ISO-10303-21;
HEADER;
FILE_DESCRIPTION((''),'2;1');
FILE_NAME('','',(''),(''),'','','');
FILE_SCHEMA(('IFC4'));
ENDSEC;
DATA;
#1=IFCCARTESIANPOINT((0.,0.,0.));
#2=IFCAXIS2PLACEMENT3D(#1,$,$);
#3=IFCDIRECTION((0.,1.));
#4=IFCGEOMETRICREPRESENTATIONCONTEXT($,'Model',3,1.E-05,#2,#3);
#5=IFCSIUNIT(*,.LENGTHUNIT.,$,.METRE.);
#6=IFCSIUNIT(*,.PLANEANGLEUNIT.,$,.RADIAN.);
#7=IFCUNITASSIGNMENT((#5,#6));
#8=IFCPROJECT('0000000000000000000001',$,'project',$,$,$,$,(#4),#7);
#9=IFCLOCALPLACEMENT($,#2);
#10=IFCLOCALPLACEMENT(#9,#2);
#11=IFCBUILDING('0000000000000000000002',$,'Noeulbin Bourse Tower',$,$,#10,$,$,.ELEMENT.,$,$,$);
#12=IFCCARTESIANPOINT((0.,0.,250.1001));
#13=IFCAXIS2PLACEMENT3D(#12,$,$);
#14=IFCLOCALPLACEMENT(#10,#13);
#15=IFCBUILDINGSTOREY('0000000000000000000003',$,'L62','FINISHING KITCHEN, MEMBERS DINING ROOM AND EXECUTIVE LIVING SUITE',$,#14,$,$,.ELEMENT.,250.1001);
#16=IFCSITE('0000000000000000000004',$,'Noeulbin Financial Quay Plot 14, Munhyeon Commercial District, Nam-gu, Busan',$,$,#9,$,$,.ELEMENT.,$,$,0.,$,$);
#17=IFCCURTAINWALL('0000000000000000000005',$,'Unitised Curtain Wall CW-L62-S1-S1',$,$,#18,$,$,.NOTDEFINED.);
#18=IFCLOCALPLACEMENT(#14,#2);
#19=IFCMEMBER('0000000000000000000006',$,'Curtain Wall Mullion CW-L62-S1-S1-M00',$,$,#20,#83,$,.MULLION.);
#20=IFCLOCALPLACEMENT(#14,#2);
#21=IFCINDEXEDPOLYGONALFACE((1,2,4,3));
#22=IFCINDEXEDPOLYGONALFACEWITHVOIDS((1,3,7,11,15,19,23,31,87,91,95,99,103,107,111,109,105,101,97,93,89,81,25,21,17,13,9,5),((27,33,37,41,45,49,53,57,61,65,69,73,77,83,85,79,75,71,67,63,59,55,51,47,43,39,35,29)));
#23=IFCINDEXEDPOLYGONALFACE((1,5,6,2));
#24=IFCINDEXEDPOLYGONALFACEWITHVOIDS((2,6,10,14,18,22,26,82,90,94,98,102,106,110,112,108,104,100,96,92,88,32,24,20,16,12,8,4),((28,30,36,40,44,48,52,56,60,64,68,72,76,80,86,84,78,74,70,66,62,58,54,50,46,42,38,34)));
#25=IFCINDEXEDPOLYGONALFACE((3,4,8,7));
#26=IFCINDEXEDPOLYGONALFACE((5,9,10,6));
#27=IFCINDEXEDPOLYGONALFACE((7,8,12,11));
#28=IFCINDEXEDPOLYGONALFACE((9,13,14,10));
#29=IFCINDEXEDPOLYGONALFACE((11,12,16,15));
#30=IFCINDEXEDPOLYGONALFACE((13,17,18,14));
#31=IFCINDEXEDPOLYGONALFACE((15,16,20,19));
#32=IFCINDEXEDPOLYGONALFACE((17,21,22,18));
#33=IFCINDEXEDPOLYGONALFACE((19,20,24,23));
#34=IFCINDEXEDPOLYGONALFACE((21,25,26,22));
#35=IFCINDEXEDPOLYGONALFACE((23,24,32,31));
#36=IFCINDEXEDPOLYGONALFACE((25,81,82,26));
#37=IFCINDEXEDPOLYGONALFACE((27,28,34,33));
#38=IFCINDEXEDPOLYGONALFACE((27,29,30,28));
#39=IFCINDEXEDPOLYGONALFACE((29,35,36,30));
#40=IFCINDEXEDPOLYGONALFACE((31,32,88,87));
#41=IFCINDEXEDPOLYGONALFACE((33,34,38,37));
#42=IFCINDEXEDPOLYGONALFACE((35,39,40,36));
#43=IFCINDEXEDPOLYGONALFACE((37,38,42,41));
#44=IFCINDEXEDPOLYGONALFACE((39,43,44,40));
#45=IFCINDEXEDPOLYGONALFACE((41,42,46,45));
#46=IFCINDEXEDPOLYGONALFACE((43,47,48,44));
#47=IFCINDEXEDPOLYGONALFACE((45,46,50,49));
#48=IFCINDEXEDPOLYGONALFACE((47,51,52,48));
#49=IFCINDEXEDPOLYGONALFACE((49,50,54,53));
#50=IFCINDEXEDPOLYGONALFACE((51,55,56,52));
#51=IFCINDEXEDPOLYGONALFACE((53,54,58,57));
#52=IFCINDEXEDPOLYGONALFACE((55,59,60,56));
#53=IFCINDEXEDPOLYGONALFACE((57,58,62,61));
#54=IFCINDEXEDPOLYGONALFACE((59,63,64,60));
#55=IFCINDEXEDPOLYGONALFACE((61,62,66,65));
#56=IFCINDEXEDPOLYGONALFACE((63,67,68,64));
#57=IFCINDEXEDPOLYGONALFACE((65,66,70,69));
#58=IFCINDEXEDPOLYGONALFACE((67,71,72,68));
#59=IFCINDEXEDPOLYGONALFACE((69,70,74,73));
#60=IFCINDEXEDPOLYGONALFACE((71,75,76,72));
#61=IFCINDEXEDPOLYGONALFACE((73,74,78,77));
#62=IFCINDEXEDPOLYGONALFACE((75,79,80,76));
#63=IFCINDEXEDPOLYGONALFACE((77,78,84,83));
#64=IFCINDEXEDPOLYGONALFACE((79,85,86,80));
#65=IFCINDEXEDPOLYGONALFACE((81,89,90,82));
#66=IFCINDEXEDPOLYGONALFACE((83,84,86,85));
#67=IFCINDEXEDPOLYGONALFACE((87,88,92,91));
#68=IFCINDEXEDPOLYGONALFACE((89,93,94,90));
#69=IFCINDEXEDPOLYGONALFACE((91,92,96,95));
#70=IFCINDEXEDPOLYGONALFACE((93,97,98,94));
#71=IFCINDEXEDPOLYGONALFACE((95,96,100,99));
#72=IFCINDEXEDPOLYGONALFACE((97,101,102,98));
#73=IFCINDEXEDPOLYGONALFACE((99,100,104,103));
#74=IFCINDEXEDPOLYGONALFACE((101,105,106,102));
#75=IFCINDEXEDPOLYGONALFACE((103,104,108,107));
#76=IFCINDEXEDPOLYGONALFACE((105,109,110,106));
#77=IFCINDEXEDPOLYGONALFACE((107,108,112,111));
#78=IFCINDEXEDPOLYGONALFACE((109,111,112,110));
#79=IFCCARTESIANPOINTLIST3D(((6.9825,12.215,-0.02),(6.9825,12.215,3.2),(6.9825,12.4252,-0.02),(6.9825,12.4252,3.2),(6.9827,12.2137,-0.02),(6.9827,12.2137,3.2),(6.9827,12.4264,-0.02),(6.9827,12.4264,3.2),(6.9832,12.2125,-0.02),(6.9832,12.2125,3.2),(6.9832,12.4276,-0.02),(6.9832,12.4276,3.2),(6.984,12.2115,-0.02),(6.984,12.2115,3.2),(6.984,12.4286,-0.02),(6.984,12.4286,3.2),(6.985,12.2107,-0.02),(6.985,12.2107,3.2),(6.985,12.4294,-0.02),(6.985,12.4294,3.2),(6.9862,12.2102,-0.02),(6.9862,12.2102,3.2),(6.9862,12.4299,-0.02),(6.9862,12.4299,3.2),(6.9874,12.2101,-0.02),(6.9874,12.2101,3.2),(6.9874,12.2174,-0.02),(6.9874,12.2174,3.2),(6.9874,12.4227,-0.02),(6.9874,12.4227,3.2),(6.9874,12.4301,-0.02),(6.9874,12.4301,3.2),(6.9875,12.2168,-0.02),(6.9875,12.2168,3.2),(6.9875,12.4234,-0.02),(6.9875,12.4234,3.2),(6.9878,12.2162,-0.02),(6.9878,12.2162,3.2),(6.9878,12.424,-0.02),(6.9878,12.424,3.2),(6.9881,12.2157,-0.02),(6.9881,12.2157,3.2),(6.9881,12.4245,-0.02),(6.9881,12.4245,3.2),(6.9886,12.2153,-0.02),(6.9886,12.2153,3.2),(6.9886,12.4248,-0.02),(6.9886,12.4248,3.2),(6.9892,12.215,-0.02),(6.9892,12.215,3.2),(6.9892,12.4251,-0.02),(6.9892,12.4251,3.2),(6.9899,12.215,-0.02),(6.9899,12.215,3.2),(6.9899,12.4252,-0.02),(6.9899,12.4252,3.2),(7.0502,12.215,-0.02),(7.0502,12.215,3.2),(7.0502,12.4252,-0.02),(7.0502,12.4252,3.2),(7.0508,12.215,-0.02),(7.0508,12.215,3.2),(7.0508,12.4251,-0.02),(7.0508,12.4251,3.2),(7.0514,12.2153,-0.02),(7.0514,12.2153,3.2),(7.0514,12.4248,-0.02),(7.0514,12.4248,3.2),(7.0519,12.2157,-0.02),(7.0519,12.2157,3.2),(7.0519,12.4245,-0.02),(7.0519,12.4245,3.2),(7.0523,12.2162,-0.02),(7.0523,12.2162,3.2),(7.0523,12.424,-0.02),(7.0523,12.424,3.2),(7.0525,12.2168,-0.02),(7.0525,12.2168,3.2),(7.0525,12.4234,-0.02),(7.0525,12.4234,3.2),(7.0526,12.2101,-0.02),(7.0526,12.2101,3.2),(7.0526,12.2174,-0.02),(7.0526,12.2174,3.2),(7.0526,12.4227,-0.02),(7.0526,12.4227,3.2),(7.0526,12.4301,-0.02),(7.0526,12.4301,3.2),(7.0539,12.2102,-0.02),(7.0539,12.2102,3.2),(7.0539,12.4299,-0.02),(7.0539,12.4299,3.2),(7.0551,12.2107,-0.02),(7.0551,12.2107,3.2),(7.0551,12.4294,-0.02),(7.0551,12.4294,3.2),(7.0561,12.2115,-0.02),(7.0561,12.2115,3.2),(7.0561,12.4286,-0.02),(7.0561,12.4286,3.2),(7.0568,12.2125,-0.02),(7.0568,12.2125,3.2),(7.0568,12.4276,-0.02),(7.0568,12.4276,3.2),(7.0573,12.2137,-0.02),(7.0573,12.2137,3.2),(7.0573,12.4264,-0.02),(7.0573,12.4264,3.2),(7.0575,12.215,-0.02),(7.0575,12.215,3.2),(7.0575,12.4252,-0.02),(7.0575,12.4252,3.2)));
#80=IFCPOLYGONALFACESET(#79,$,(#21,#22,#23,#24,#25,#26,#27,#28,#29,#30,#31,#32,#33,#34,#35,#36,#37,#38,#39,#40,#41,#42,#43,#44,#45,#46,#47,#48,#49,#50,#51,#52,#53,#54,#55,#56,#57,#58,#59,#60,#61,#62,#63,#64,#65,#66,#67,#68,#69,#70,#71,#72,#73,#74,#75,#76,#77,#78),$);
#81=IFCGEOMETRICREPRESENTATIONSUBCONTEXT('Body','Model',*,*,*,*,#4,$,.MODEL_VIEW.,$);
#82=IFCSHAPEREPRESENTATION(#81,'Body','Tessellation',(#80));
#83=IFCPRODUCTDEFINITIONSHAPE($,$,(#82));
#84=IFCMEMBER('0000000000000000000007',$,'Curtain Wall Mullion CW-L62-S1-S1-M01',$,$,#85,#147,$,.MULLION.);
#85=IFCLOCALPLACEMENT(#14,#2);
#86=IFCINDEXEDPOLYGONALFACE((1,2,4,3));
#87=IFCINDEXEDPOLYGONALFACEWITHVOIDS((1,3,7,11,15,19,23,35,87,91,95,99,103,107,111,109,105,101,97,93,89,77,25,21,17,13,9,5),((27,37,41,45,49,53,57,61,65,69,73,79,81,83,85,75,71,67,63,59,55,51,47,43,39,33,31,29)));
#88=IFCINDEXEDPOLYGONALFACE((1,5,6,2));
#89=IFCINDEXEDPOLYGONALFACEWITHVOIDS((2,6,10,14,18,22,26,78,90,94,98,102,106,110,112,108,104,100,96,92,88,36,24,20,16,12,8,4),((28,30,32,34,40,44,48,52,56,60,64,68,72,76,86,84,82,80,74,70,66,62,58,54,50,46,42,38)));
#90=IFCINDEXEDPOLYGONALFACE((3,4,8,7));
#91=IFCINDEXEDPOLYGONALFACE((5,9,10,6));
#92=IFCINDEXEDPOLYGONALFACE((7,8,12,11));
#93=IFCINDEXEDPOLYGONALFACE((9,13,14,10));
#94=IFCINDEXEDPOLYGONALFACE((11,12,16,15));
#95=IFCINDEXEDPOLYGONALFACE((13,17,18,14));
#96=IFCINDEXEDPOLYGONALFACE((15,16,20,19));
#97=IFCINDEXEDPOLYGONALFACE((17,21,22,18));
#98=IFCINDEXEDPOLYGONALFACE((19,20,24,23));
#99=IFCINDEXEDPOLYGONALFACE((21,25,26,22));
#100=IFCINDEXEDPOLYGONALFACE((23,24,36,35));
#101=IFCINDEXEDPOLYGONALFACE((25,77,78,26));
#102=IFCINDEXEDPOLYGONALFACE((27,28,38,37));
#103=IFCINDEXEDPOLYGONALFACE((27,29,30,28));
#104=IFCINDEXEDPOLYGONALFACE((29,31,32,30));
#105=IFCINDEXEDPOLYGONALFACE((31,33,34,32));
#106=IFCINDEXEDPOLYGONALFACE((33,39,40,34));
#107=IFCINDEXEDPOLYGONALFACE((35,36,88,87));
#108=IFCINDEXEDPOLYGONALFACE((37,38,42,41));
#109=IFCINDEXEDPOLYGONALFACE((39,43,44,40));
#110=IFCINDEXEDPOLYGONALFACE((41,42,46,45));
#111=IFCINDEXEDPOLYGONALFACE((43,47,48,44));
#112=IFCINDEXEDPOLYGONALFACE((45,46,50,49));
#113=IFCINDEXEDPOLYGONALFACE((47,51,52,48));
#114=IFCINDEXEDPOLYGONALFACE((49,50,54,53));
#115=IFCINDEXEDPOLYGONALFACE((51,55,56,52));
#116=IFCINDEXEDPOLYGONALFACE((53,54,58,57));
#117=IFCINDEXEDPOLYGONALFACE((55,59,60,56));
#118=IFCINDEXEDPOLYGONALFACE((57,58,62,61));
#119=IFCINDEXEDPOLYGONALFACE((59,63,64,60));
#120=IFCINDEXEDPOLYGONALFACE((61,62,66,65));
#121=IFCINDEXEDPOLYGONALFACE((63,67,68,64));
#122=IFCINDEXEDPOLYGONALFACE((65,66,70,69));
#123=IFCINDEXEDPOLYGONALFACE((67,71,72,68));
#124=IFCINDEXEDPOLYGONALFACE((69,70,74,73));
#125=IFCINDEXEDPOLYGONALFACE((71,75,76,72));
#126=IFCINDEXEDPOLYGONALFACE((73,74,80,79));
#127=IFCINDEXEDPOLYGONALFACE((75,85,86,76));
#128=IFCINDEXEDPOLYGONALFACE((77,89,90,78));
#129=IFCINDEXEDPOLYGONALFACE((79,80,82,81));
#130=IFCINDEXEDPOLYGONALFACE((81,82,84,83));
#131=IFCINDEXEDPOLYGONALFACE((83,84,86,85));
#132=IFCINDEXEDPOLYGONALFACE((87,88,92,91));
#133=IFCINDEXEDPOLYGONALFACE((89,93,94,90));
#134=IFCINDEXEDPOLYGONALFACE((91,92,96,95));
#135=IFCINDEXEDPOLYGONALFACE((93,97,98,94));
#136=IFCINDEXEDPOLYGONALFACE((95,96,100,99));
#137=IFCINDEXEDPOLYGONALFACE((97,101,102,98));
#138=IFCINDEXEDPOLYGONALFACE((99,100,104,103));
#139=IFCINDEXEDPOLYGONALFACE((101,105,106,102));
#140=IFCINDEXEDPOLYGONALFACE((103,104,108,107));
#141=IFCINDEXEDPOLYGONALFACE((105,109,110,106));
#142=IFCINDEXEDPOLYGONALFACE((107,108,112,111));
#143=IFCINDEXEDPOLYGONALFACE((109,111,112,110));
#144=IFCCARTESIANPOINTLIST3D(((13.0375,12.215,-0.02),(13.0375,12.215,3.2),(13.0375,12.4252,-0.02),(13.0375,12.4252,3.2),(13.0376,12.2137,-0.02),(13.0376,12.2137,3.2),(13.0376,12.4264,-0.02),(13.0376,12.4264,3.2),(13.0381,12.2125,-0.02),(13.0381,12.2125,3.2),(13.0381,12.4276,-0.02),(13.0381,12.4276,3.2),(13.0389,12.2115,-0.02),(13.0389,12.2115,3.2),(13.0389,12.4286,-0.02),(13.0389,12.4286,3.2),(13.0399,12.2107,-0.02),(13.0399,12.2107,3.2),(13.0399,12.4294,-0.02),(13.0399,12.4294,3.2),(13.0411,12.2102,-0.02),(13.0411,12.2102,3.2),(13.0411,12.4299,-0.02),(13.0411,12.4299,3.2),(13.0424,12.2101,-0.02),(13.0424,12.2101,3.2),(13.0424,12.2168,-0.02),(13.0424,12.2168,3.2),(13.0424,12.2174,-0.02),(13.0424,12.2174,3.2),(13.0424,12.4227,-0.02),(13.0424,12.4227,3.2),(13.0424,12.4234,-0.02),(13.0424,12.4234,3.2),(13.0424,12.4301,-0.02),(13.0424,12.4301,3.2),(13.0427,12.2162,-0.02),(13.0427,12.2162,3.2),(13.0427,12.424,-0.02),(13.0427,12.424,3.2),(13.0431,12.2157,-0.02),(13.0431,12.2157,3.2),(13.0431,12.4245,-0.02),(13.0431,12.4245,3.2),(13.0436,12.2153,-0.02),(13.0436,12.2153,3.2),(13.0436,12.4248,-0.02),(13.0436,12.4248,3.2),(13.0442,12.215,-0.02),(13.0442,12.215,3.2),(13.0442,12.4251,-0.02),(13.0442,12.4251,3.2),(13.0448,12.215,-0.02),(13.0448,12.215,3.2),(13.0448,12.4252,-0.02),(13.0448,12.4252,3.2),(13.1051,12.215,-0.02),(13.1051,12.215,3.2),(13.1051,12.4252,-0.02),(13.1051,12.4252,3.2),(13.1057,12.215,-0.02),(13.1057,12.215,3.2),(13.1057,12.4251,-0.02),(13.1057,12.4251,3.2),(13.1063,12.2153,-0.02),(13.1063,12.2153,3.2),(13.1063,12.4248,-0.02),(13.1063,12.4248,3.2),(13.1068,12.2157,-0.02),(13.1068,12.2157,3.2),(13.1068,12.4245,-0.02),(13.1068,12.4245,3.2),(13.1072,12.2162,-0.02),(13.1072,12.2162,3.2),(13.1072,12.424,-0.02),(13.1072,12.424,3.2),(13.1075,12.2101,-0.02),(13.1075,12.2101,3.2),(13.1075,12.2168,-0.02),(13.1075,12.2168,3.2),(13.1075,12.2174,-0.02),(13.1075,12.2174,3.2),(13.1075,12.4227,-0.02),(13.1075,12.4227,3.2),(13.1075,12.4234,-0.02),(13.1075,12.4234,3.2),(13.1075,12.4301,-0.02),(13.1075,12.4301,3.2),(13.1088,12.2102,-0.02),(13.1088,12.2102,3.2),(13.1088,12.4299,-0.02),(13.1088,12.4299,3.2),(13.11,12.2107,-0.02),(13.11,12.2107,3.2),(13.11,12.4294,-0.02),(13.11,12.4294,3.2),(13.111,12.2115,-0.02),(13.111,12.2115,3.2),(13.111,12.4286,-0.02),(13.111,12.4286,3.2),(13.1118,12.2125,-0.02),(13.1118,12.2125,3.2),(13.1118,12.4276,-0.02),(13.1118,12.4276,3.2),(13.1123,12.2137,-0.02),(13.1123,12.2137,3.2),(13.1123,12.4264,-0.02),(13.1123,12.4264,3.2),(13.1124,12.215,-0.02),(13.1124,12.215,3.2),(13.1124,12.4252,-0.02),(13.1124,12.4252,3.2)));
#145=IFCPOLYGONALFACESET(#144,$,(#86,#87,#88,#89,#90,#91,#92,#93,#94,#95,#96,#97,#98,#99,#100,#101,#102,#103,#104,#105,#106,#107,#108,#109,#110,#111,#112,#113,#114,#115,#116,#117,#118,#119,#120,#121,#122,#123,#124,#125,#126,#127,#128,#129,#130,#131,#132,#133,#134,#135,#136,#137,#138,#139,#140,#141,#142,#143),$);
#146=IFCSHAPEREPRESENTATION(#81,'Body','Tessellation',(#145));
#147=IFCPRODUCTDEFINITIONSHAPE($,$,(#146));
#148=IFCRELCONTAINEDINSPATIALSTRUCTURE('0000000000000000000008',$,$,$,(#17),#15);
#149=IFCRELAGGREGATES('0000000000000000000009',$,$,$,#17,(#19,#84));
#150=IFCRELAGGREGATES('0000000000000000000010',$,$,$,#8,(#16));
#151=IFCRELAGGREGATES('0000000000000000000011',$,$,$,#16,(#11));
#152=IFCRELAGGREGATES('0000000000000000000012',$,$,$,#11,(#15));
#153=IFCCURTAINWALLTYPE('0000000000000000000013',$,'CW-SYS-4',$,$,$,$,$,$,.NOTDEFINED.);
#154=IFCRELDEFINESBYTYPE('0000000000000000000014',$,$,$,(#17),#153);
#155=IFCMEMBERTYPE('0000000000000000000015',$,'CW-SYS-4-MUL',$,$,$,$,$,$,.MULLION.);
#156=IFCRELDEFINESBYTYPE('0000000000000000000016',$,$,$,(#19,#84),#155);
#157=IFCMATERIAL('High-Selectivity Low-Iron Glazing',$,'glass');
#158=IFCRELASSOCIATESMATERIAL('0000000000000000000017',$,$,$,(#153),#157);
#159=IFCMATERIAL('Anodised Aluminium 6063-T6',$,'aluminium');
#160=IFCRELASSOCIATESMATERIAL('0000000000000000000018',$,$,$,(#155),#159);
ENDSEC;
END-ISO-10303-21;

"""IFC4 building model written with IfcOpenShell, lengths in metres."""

from ifc_helpers import new_model, si_unit, direction, frame, origin, origin_2d, place, context, subcontext, project, spatial, hollow_rectangle, extrude, material, material_profile, profile_set, type_object, element, aggregate, save


model = new_model("IFC4")

# Units and contexts
model_context = context("Model", 3, precision=1e-05, world=origin(), true_north=direction((0.0, 1.0)))
body_context = subcontext(model_context, "Body", "Model", "MODEL_VIEW")
ifc_project = project(units=[si_unit("LENGTHUNIT", "METRE"), si_unit("PLANEANGLEUNIT", "RADIAN")], contexts=[model_context])

# Site, building, storey
site_placement = place(None, origin())
site = spatial("IfcSite", under=ifc_project, at=site_placement, Name="Noeulbin Financial Quay Plot 14, Munhyeon Commercial District, Nam-gu, Busan", CompositionType="ELEMENT", RefElevation=0.0)
building_placement = place(site_placement, origin())
building = spatial("IfcBuilding", under=site, at=building_placement, Name="Noeulbin Bourse Tower", CompositionType="ELEMENT")
storey_placement = place(building_placement, frame((0.0, 0.0, 250.1001)))
storey = spatial("IfcBuildingStorey", under=building, at=storey_placement, Name="L62", Description="FINISHING KITCHEN, MEMBERS DINING ROOM AND EXECUTIVE LIVING SUITE", CompositionType="ELEMENT", Elevation=250.1001)

# Curtain wall, members
ifc_material_1 = material(Name="High-Selectivity Low-Iron Glazing", Category="glass")
curtain_wall_type = type_object("IfcCurtainWallType", Name="CW-SYS-4", PredefinedType="NOTDEFINED", material=ifc_material_1)
curtain_wall_placement = place(storey_placement, origin())
curtain_wall = element("IfcCurtainWall", 1, at=curtain_wall_placement, inside=storey, type_object=curtain_wall_type, Name="Unitised Curtain Wall CW-L62-S1-S1", PredefinedType="NOTDEFINED")
ifc_material_2 = material(Name="Anodised Aluminium 6063-T6", Category="aluminium")
ifc_material_profile_1 = material_profile(ifc_material_2, hollow_rectangle(XDim=0.075, YDim=0.22, WallThickness=0.0049, InnerFilletRadius=0.0024, OuterFilletRadius=0.0049, at=origin_2d()), Name="ALU-MULL-75x220x5", Category="LoadBearing")
ifc_profile_set_1 = profile_set([ifc_material_profile_1], Name="Anodised Aluminium 6063-T6")
member_type_1 = type_object("IfcMemberType", Name="CW-SYS-4-MUL", PredefinedType="MULLION", material=ifc_profile_set_1)
member_1_placement = place(storey_placement, frame((7.02, 12.3201, -0.02), z_axis=(0.0, 0.0, 1.0), x_axis=(1.0, 0.0, 0.0)))
member_1 = element("IfcMember", 2, at=member_1_placement, type_object=member_type_1, Name="Curtain Wall Mullion CW-L62-S1-S1-M00", PredefinedType="MULLION", context=body_context, shape_type="SweptSolid", body=[
    extrude(hollow_rectangle(XDim=0.075, YDim=0.22, WallThickness=0.0049, InnerFilletRadius=0.0024, OuterFilletRadius=0.0049, at=origin_2d()), origin(), (0.0, 0.0, 1.0), 3.22),
])
member_2_placement = place(storey_placement, frame((13.075, 12.3201, -0.02), z_axis=(0.0, 0.0, 1.0), x_axis=(1.0, 0.0, 0.0)))
member_2 = element("IfcMember", 3, at=member_2_placement, type_object=member_type_1, Name="Curtain Wall Mullion CW-L62-S1-S1-M01", PredefinedType="MULLION", context=body_context, shape_type="SweptSolid", body=[
    extrude(hollow_rectangle(XDim=0.075, YDim=0.22, WallThickness=0.0049, InnerFilletRadius=0.0024, OuterFilletRadius=0.0049, at=origin_2d()), origin(), (0.0, 0.0, 1.0), 3.22),
])
aggregate(curtain_wall, [member_1, member_2])

save(model, "model.ifc")
